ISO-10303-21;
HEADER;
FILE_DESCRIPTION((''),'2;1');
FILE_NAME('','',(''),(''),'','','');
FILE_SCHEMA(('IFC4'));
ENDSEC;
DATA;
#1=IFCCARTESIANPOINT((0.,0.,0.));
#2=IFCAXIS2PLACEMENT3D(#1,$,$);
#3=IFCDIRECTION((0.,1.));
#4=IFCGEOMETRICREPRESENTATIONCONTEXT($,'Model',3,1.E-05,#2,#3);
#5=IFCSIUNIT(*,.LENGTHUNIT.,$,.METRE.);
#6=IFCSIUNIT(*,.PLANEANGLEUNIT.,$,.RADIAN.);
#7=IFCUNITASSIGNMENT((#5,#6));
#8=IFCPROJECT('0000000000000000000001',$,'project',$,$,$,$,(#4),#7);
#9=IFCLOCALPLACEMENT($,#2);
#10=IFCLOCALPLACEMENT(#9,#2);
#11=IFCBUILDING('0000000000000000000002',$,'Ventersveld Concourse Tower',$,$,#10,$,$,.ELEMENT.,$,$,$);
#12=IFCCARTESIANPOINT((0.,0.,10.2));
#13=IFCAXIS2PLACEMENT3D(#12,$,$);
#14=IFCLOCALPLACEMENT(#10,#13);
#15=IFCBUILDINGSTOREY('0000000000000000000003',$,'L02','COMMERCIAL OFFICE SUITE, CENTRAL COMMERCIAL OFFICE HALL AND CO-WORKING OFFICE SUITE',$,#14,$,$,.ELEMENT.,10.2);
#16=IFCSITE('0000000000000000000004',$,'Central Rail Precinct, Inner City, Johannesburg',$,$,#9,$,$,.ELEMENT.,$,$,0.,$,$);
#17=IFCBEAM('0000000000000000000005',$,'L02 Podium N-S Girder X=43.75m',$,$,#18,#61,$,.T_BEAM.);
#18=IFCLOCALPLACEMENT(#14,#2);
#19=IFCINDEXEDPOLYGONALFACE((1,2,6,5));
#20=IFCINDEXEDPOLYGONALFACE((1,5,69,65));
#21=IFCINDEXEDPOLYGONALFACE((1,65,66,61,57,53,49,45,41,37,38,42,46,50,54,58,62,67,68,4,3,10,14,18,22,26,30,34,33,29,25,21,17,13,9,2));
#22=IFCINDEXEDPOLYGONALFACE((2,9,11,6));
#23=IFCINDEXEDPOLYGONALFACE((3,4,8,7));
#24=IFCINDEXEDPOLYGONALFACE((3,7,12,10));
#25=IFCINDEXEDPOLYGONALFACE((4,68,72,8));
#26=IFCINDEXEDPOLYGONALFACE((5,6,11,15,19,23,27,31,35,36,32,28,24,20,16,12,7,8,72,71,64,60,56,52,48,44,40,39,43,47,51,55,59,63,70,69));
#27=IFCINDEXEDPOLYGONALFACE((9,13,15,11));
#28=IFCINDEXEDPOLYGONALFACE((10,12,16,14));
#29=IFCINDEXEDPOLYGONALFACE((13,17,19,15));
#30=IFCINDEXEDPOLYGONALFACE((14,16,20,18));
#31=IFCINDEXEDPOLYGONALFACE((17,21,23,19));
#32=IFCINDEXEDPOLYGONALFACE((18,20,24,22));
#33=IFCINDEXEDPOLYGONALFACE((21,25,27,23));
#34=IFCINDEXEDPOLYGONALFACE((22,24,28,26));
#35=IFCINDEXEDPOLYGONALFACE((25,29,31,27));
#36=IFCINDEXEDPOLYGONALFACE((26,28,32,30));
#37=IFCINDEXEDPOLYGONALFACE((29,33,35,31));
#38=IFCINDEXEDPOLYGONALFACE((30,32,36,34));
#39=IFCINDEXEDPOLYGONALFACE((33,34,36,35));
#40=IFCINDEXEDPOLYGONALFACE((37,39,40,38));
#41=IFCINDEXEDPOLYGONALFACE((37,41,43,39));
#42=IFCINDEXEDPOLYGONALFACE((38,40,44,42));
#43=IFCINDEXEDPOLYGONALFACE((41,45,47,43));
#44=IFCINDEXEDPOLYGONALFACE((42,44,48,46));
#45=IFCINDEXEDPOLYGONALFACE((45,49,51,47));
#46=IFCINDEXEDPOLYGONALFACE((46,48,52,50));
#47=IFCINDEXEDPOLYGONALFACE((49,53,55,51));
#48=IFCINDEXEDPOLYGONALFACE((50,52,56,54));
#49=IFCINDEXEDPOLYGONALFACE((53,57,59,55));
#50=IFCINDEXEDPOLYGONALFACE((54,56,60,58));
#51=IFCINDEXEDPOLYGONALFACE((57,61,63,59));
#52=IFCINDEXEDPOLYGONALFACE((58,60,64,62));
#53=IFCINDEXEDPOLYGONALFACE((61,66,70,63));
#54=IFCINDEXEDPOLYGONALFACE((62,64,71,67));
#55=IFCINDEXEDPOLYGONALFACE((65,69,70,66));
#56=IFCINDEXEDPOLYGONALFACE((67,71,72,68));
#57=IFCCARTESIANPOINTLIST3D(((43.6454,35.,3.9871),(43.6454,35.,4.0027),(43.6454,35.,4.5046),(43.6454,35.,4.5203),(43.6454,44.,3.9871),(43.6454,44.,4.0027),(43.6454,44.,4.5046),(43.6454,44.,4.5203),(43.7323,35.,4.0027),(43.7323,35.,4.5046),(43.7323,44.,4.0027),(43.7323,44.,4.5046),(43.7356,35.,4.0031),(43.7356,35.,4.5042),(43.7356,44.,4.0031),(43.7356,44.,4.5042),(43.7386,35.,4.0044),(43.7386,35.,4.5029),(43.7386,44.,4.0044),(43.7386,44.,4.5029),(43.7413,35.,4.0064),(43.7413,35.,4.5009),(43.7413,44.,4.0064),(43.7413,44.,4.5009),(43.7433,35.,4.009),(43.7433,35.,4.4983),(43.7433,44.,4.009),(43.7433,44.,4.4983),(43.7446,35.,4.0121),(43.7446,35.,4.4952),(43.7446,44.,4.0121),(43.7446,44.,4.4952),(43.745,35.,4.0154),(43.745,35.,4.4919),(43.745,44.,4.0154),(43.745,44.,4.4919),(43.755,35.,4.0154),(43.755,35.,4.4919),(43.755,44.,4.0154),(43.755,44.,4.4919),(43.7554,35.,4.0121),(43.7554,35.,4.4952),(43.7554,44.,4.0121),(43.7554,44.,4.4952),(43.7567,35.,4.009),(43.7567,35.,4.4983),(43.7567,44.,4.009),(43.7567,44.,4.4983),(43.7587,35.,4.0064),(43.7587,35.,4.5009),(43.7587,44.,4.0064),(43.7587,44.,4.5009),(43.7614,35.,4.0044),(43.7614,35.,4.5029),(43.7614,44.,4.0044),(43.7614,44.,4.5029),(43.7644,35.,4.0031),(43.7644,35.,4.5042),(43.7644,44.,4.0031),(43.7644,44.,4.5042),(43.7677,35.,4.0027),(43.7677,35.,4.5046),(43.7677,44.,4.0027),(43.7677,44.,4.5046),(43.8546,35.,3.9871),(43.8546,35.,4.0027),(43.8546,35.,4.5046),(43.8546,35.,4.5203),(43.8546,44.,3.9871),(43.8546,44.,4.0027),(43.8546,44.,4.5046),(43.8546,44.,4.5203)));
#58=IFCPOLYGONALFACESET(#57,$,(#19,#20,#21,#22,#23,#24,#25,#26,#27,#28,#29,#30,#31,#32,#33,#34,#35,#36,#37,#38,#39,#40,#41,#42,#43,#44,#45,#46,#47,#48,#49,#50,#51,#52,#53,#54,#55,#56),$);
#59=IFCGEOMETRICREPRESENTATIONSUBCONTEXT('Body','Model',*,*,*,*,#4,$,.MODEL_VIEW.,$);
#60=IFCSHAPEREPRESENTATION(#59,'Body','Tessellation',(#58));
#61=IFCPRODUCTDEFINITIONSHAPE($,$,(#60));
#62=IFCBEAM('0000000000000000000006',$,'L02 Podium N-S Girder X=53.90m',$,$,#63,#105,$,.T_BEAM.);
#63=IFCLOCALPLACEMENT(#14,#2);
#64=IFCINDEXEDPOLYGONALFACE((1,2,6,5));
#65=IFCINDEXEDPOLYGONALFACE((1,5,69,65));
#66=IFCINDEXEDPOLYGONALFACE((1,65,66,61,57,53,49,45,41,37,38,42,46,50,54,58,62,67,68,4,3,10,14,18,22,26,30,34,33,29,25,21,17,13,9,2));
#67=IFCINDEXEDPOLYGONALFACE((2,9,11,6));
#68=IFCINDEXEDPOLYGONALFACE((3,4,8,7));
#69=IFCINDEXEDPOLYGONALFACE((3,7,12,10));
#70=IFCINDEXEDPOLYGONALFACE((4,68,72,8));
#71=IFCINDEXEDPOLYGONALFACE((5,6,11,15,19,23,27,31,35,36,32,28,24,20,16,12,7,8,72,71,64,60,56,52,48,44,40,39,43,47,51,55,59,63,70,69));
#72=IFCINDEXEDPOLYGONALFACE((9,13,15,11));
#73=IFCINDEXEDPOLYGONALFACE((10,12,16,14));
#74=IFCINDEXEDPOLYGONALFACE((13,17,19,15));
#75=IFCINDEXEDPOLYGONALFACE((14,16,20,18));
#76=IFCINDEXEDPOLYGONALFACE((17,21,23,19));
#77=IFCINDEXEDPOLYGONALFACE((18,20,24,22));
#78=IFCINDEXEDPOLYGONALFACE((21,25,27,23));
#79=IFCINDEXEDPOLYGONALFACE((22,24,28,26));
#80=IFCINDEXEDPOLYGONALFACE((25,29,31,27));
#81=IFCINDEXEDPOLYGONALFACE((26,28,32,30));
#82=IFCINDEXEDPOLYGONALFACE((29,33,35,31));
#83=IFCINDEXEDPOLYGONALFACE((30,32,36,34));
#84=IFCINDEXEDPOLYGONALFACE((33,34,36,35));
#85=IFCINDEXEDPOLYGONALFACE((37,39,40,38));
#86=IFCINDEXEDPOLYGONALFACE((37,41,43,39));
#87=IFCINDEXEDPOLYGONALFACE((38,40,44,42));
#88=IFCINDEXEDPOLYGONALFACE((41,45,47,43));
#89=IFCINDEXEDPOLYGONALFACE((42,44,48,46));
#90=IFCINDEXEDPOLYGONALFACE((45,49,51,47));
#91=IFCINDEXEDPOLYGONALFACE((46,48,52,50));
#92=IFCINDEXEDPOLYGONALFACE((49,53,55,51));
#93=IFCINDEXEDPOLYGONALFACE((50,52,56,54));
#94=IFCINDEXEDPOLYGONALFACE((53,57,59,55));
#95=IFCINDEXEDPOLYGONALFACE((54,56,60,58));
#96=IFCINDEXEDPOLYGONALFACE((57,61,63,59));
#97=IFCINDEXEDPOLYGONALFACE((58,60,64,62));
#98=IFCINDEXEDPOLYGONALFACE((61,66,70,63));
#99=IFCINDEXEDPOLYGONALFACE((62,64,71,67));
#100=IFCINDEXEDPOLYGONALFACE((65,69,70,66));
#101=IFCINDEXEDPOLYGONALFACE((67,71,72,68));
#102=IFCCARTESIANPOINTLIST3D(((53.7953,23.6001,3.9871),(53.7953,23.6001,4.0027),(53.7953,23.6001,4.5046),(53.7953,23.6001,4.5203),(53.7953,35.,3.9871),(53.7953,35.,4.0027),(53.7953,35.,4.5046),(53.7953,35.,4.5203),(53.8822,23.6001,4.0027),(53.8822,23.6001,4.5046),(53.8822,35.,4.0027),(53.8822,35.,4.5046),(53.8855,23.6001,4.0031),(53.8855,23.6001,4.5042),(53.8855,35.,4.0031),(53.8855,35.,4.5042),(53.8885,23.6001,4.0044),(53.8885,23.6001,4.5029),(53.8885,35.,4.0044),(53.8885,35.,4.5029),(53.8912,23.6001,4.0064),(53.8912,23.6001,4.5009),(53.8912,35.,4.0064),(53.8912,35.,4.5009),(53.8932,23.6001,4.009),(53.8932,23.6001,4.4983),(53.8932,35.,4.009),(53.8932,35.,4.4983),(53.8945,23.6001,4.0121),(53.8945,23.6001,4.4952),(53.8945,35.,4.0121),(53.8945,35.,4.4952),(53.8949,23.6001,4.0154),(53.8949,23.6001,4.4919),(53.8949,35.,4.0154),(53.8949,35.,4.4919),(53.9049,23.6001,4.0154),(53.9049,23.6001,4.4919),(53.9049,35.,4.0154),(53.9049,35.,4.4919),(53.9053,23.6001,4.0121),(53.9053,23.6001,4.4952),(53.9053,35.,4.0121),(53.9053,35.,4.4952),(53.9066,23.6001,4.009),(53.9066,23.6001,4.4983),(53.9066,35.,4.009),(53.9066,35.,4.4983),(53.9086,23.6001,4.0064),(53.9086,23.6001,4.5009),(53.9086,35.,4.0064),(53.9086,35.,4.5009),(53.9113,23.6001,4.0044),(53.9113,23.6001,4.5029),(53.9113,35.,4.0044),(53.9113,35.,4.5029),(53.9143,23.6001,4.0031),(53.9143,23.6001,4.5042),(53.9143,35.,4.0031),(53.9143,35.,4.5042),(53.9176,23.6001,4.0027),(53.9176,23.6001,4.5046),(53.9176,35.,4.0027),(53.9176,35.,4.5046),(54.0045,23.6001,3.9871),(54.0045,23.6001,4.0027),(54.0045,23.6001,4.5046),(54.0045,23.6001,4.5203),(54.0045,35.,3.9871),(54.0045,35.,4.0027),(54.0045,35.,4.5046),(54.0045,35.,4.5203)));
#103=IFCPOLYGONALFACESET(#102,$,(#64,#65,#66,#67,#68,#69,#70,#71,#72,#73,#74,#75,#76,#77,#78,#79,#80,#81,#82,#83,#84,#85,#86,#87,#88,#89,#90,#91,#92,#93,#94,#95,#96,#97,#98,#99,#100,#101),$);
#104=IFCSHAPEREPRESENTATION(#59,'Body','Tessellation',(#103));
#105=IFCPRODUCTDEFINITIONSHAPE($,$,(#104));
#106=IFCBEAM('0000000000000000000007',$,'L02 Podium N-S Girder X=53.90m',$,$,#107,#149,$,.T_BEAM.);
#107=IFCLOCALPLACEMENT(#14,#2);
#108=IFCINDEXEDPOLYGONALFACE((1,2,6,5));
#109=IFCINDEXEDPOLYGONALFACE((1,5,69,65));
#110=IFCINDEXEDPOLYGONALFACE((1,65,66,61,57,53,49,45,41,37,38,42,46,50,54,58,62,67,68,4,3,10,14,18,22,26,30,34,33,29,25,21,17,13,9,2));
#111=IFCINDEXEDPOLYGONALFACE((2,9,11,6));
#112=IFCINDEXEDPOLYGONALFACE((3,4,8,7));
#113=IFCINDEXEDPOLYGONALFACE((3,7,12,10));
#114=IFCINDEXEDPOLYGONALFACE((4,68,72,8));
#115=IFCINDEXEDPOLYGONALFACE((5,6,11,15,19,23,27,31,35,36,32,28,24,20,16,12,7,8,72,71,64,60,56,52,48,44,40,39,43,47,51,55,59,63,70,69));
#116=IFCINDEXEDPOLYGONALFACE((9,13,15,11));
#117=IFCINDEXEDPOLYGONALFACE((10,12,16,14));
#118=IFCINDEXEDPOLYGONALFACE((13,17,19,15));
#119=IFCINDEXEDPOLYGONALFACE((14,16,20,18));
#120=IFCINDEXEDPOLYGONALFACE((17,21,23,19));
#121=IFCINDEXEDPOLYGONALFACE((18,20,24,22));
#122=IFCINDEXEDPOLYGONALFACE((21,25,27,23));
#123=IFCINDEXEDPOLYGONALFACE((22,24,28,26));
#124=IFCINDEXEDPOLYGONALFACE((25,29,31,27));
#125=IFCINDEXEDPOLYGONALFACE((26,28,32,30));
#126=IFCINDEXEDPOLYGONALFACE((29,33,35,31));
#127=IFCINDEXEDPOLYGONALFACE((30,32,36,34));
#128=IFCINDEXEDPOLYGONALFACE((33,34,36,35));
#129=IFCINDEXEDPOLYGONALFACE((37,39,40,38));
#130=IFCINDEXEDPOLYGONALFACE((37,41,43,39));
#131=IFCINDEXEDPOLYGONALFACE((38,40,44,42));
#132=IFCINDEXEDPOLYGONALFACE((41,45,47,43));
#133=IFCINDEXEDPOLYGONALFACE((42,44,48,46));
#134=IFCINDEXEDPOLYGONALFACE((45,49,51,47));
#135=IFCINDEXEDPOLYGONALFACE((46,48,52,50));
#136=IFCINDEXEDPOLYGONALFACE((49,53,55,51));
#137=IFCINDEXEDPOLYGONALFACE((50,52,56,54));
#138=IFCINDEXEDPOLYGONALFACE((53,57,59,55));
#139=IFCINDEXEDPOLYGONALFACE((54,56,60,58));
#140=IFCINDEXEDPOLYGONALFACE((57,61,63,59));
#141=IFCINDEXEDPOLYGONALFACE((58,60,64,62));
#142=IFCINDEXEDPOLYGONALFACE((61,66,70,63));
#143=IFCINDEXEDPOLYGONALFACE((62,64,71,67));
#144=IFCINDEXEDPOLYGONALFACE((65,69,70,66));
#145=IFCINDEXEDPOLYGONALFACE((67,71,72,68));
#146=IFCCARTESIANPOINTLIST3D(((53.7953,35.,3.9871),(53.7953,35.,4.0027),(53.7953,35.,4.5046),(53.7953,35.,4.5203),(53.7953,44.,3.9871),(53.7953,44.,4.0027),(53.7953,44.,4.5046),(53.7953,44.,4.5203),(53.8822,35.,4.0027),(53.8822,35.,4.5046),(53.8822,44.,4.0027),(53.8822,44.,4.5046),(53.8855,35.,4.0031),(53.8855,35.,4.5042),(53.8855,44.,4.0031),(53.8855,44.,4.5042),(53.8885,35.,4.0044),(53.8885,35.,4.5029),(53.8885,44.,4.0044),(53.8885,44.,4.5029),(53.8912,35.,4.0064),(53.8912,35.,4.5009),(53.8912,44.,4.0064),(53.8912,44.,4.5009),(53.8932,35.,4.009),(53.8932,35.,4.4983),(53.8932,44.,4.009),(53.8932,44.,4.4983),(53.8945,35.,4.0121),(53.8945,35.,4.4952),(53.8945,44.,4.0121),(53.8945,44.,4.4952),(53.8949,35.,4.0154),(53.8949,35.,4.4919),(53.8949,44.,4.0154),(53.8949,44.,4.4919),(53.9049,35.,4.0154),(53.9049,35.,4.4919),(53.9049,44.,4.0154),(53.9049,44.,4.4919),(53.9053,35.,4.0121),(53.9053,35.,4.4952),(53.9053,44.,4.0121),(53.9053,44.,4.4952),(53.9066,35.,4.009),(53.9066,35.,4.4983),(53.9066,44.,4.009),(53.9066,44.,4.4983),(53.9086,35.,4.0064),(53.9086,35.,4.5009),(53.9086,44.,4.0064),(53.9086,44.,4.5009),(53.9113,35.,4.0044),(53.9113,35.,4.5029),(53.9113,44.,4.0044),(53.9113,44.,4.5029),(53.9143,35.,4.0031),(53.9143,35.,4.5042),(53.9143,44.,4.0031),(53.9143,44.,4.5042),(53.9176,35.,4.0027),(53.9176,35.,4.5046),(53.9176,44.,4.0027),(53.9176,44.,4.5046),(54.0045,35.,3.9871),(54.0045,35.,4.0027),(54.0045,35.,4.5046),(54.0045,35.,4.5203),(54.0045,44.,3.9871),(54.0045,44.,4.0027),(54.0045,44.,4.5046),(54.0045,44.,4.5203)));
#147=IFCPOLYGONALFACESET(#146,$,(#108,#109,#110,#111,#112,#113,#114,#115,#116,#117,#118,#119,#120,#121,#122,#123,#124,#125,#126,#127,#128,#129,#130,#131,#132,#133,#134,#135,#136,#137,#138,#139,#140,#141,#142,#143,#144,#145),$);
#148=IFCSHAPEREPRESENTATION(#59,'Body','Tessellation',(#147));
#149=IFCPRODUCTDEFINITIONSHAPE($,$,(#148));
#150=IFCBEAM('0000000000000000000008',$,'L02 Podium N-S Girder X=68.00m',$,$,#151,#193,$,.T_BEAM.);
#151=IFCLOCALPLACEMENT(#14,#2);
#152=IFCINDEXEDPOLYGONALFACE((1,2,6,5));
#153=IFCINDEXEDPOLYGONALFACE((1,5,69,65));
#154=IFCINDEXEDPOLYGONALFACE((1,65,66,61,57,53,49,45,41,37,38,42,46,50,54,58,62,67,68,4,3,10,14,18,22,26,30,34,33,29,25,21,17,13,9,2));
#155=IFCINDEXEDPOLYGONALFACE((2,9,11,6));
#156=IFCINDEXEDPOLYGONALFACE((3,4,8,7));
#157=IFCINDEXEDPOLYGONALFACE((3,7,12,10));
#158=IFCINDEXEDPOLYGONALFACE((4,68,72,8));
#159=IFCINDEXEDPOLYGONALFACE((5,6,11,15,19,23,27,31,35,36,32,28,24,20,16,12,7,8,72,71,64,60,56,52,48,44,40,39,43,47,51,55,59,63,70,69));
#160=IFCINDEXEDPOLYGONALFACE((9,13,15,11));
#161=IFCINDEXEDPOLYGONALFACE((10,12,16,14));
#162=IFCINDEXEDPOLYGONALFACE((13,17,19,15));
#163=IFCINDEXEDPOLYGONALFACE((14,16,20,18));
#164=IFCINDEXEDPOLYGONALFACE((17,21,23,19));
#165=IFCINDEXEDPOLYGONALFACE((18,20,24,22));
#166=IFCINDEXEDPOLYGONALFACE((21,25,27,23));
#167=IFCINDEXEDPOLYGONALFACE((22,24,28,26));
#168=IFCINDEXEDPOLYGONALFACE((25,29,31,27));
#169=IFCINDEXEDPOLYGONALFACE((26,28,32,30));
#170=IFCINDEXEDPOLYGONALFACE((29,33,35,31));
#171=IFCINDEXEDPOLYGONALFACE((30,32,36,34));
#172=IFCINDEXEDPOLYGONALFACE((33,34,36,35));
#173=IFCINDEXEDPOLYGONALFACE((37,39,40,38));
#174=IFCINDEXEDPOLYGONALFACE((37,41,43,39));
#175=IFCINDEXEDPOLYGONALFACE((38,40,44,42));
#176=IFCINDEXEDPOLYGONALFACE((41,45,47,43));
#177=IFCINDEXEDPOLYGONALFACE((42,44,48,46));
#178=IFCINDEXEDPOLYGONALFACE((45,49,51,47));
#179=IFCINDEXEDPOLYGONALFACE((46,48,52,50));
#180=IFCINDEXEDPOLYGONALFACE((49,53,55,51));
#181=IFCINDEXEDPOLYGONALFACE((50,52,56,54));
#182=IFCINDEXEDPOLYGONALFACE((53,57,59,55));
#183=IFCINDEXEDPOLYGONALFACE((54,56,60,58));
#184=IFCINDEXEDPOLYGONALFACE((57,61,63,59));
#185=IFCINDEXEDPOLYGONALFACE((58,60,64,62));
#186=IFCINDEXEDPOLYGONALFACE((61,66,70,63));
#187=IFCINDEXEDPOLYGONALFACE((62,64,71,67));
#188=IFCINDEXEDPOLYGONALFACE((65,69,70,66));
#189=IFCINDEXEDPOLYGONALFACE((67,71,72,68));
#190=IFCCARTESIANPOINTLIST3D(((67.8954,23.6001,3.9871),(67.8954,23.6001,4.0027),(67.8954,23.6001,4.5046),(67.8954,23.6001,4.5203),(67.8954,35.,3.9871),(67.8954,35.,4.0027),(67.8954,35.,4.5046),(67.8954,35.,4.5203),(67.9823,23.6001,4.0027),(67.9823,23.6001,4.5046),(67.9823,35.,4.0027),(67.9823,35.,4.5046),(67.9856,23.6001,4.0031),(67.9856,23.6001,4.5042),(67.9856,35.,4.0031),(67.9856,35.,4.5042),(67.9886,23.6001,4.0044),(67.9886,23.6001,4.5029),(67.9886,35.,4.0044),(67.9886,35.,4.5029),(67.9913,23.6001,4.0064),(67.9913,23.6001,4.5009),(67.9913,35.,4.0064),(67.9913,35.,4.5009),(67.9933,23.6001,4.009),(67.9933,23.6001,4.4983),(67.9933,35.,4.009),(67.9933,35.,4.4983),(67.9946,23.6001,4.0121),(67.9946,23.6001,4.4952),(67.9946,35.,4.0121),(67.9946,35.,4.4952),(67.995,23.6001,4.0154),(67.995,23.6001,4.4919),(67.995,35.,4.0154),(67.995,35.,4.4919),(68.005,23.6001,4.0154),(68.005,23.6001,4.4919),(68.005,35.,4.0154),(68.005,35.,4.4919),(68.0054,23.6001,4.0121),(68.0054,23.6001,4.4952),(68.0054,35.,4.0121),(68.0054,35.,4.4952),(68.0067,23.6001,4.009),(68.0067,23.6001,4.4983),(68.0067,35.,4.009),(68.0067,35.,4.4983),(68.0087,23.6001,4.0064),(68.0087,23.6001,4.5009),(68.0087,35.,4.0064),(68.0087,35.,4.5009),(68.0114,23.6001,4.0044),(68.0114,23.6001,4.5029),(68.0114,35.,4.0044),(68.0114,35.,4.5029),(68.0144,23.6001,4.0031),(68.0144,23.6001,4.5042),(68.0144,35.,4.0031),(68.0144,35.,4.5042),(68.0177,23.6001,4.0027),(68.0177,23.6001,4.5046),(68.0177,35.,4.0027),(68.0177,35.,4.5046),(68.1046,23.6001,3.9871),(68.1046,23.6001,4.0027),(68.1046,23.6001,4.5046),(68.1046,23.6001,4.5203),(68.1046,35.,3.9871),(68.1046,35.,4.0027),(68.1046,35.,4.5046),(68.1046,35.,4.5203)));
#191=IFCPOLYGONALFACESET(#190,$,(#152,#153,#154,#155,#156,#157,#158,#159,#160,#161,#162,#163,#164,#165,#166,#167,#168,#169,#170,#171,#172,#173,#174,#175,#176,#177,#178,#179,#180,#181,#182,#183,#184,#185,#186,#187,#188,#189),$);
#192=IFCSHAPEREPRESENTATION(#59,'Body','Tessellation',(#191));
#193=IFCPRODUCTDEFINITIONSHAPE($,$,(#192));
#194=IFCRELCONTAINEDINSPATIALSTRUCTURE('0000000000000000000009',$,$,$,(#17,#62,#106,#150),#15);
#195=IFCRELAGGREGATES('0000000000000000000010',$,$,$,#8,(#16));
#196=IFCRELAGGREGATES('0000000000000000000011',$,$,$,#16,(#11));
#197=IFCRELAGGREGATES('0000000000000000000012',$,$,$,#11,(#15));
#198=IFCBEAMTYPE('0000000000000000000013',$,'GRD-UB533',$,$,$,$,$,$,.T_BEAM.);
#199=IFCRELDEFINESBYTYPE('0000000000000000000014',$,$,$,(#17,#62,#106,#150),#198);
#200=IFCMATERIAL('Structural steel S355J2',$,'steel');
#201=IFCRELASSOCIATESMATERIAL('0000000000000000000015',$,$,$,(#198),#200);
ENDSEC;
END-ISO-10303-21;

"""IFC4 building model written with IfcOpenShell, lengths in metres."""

from ifc_helpers import new_model, si_unit, direction, frame, origin, origin_2d, place, context, subcontext, project, spatial, i_section, extrude, material, material_profile, profile_set, type_object, element, save


model = new_model("IFC4")

# Units and contexts
model_context = context("Model", 3, precision=1e-05, world=origin(), true_north=direction((0.0, 1.0)))
body_context = subcontext(model_context, "Body", "Model", "MODEL_VIEW")
ifc_project = project(units=[si_unit("LENGTHUNIT", "METRE"), si_unit("PLANEANGLEUNIT", "RADIAN")], contexts=[model_context])

# Site, building, storey
site_placement = place(None, origin())
site = spatial("IfcSite", under=ifc_project, at=site_placement, Name="Central Rail Precinct, Inner City, Johannesburg", CompositionType="ELEMENT", RefElevation=0.0)
building_placement = place(site_placement, origin())
building = spatial("IfcBuilding", under=site, at=building_placement, Name="Ventersveld Concourse Tower", CompositionType="ELEMENT")
storey_placement = place(building_placement, frame((0.0, 0.0, 10.2)))
storey = spatial("IfcBuildingStorey", under=building, at=storey_placement, Name="L02", Description="COMMERCIAL OFFICE SUITE, CENTRAL COMMERCIAL OFFICE HALL AND CO-WORKING OFFICE SUITE", CompositionType="ELEMENT", Elevation=10.2)

# Beams
ifc_material_1 = material(Name="Structural steel S355J2", Category="steel")
ifc_material_profile_1 = material_profile(ifc_material_1, i_section(OverallWidth=0.2092, OverallDepth=0.5332, WebThickness=0.01, FlangeThickness=0.0156, FilletRadius=0.0127, at=origin_2d()), Name="UB 533x210x92")
ifc_profile_set_1 = profile_set([ifc_material_profile_1], Name="Structural steel S355J2")
beam_type_1 = type_object("IfcBeamType", Name="GRD-UB533", PredefinedType="T_BEAM", material=ifc_profile_set_1)
beam_1_placement = place(storey_placement, frame((43.75, 35.0, 4.2537), z_axis=(0.0, 1.0, 0.0), x_axis=(-1.0, 0.0, 0.0)))
element("IfcBeam", 1, at=beam_1_placement, inside=storey, type_object=beam_type_1, Name="L02 Podium N-S Girder X=43.75m", PredefinedType="T_BEAM", context=body_context, shape_type="SweptSolid", body=[
    extrude(i_section(OverallWidth=0.2092, OverallDepth=0.5332, WebThickness=0.01, FlangeThickness=0.0156, FilletRadius=0.0127, at=origin_2d()), origin(), (0.0, 0.0, 1.0), 9.0),
])
beam_2_placement = place(storey_placement, frame((53.8999, 23.6001, 4.2537), z_axis=(0.0, 1.0, 0.0), x_axis=(-1.0, 0.0, 0.0)))
element("IfcBeam", 2, at=beam_2_placement, inside=storey, type_object=beam_type_1, Name="L02 Podium N-S Girder X=53.90m", PredefinedType="T_BEAM", context=body_context, shape_type="SweptSolid", body=[
    extrude(i_section(OverallWidth=0.2092, OverallDepth=0.5332, WebThickness=0.01, FlangeThickness=0.0156, FilletRadius=0.0127, at=origin_2d()), origin(), (0.0, 0.0, 1.0), 11.3999),
])
beam_3_placement = place(storey_placement, frame((53.8999, 35.0, 4.2537), z_axis=(0.0, 1.0, 0.0), x_axis=(-1.0, 0.0, 0.0)))
element("IfcBeam", 3, at=beam_3_placement, inside=storey, type_object=beam_type_1, Name="L02 Podium N-S Girder X=53.90m", PredefinedType="T_BEAM", context=body_context, shape_type="SweptSolid", body=[
    extrude(i_section(OverallWidth=0.2092, OverallDepth=0.5332, WebThickness=0.01, FlangeThickness=0.0156, FilletRadius=0.0127, at=origin_2d()), origin(), (0.0, 0.0, 1.0), 9.0),
])
beam_4_placement = place(storey_placement, frame((68.0, 23.6001, 4.2537), z_axis=(0.0, 1.0, 0.0), x_axis=(-1.0, 0.0, 0.0)))
element("IfcBeam", 4, at=beam_4_placement, inside=storey, type_object=beam_type_1, Name="L02 Podium N-S Girder X=68.00m", PredefinedType="T_BEAM", context=body_context, shape_type="SweptSolid", body=[
    extrude(i_section(OverallWidth=0.2092, OverallDepth=0.5332, WebThickness=0.01, FlangeThickness=0.0156, FilletRadius=0.0127, at=origin_2d()), origin(), (0.0, 0.0, 1.0), 11.3999),
])

save(model, "model.ifc")
